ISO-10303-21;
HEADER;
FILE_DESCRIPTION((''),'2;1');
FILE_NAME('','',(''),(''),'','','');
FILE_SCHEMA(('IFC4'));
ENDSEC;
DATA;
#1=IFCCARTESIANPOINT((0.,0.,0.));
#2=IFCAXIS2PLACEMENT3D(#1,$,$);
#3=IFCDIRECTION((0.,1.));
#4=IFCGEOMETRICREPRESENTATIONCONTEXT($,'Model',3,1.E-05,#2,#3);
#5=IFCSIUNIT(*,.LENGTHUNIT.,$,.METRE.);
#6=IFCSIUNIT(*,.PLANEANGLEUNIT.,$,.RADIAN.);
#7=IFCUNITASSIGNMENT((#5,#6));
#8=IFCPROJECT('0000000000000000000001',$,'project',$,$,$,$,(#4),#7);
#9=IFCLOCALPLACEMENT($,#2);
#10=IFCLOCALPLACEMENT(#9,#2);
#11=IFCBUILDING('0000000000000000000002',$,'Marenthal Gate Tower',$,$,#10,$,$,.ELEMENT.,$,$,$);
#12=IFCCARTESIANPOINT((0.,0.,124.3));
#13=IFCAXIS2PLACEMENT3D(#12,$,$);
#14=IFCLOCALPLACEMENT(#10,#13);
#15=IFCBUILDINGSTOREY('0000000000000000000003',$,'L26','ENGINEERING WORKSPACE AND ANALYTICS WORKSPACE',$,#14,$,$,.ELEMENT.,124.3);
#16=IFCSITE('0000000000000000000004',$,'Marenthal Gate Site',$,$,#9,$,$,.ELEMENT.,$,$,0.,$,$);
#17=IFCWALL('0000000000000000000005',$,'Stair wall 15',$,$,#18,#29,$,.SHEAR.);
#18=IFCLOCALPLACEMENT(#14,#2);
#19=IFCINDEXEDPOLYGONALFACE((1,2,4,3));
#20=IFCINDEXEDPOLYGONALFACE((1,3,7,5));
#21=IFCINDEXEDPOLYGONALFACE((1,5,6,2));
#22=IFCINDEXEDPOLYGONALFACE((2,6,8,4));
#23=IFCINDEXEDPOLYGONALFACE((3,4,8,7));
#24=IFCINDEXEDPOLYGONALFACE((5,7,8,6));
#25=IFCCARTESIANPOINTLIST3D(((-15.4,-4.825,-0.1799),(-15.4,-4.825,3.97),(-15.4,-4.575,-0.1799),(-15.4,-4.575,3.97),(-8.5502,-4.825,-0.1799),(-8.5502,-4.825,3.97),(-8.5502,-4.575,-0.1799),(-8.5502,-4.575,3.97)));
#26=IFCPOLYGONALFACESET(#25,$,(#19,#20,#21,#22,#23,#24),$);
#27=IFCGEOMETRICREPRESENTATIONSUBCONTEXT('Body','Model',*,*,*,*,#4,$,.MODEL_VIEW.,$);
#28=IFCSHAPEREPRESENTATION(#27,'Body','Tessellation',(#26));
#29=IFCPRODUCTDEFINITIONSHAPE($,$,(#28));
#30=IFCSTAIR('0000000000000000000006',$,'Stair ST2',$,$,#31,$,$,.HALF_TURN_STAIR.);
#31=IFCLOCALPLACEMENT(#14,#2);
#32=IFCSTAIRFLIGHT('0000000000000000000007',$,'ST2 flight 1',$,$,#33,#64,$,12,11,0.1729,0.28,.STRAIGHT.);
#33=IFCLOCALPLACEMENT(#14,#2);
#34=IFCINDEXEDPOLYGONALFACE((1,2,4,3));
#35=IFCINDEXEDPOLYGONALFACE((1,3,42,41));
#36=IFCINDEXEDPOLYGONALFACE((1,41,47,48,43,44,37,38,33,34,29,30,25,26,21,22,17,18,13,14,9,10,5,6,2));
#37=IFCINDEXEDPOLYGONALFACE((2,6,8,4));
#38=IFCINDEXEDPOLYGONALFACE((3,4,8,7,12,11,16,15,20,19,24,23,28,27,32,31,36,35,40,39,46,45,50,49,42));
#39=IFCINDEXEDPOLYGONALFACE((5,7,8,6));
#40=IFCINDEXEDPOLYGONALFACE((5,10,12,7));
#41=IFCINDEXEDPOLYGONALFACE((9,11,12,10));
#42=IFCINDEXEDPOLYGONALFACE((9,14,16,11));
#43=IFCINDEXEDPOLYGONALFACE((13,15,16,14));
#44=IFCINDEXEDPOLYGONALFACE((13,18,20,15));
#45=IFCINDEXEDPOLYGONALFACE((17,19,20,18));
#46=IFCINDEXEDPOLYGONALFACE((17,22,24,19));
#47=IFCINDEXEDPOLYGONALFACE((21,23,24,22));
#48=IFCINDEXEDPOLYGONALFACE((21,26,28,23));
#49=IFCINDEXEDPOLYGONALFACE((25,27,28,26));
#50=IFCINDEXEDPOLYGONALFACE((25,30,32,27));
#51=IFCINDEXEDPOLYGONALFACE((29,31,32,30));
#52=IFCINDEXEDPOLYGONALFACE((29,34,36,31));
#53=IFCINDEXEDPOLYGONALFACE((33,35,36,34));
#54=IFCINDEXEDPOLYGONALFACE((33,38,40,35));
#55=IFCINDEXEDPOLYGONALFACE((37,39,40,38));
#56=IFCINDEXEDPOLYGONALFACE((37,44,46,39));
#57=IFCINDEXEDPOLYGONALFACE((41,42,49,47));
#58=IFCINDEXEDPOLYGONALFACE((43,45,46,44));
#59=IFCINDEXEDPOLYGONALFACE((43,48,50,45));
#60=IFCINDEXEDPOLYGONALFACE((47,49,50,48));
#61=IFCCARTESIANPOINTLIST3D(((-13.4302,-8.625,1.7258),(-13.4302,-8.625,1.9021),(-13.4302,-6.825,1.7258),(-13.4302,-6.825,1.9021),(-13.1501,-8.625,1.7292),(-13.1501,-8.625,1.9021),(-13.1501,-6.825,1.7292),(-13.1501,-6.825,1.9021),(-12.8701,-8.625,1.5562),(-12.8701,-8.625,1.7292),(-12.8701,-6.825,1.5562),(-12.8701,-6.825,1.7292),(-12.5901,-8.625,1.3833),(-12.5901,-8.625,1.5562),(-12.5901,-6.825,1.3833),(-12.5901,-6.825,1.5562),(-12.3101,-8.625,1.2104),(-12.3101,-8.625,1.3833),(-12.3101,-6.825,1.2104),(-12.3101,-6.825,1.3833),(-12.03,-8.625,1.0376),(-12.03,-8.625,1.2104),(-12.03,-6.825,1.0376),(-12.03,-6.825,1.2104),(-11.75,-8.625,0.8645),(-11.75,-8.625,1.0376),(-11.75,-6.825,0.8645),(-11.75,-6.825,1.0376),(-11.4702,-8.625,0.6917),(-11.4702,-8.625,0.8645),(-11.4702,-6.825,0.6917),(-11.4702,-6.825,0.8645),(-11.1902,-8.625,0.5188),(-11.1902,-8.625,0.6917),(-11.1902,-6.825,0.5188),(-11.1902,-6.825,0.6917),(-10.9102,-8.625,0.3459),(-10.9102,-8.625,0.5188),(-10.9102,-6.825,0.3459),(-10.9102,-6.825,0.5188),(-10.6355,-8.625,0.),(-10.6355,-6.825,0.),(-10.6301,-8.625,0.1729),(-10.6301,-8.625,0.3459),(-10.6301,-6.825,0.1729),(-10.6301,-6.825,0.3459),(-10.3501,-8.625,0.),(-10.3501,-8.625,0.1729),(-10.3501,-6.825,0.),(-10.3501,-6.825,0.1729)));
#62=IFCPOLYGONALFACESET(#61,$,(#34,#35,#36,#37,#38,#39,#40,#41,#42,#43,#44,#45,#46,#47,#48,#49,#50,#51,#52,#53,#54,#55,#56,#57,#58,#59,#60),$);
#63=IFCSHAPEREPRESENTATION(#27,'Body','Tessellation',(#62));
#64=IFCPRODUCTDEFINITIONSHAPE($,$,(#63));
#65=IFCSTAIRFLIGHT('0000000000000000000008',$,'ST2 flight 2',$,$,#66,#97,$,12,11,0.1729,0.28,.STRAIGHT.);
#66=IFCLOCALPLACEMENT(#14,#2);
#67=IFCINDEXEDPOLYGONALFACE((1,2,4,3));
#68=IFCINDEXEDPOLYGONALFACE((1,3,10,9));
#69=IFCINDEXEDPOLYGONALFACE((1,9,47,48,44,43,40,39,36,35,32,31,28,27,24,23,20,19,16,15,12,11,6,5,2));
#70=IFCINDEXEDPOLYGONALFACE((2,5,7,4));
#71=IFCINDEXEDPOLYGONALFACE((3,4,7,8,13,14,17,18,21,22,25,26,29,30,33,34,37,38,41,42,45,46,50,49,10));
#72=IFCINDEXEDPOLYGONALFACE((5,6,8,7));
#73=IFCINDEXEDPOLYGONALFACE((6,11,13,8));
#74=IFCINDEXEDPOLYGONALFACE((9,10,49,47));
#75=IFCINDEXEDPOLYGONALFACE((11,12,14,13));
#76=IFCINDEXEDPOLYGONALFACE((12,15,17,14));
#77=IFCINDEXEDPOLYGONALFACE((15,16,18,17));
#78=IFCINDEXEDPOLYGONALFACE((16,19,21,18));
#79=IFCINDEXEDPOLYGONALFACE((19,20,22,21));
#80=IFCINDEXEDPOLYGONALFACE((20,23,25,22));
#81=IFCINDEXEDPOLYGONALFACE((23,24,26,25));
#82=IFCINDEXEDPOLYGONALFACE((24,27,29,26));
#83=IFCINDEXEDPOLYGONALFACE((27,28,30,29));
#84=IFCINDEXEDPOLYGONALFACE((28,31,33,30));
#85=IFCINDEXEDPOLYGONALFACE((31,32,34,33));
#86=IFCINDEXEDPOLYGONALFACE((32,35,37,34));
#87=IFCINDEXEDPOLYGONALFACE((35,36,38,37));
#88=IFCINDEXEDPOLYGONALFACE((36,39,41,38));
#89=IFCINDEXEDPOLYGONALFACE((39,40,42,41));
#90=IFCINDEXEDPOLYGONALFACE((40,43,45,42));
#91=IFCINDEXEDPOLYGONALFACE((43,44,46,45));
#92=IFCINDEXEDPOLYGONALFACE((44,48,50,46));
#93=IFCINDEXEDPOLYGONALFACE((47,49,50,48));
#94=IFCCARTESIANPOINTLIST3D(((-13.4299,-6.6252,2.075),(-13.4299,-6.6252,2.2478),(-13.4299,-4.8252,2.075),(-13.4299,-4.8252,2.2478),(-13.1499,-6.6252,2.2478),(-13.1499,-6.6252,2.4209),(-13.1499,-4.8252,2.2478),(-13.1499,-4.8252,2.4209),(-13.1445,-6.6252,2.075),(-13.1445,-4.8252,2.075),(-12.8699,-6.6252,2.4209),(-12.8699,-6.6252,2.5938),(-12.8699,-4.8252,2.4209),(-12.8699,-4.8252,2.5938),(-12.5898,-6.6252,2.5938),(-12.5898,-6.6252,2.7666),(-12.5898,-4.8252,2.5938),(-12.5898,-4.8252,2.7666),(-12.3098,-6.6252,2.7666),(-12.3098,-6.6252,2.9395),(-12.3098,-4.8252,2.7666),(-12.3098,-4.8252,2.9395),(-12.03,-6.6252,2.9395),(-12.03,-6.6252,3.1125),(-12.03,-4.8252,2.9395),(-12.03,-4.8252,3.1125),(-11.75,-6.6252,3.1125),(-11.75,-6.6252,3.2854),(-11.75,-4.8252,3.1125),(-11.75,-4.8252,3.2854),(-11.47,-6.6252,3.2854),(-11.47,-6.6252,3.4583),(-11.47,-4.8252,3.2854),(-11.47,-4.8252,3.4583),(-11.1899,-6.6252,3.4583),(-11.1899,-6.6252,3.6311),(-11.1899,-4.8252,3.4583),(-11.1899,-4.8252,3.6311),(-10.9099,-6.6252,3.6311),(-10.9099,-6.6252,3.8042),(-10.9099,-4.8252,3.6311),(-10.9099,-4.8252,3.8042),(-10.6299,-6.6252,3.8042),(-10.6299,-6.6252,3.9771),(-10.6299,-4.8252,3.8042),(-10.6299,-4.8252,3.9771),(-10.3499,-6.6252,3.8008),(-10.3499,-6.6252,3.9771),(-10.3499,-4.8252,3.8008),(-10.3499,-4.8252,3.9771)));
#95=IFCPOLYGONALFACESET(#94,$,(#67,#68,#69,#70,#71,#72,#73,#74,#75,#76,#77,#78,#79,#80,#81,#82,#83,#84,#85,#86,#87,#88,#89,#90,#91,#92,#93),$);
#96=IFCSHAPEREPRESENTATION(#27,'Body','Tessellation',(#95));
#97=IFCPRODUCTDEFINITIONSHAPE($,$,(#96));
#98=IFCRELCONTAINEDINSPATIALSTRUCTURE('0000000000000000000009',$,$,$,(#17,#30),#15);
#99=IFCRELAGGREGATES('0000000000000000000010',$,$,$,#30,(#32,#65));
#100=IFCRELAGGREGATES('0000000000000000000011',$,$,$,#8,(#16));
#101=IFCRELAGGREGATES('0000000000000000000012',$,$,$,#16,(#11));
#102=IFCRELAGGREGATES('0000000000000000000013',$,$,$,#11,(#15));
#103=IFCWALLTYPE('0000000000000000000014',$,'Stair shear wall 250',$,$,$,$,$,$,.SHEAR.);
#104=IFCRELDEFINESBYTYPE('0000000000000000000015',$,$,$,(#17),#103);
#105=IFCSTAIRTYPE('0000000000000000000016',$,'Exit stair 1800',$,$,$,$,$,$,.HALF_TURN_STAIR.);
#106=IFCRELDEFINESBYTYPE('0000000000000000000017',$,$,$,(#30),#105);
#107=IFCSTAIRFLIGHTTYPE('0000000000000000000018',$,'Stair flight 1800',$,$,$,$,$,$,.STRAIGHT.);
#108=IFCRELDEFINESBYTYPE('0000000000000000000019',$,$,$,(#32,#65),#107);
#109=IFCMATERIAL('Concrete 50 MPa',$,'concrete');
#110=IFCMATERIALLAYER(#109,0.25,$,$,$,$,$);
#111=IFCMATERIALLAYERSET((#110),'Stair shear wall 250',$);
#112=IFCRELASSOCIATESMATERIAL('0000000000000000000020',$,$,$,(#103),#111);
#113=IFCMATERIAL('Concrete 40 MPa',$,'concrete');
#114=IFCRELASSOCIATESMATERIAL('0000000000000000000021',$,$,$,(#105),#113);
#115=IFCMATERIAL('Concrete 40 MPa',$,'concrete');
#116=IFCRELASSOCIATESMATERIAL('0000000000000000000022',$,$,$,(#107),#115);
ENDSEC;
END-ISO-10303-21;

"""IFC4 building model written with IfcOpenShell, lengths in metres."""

from ifc_helpers import new_model, si_unit, direction, frame, frame_2d, origin, place, context, subcontext, project, spatial, polyline, rectangle, outline, extrude, material, layer, layer_set, type_object, element, aggregate, save


model = new_model("IFC4")

# Units and contexts
model_context = context("Model", 3, precision=1e-05, world=origin(), true_north=direction((0.0, 1.0)))
body_context = subcontext(model_context, "Body", "Model", "MODEL_VIEW")
ifc_project = project(units=[si_unit("LENGTHUNIT", "METRE"), si_unit("PLANEANGLEUNIT", "RADIAN")], contexts=[model_context])

# Site, building, storey
site_placement = place(None, origin())
site = spatial("IfcSite", under=ifc_project, at=site_placement, Name="Marenthal Gate Site", CompositionType="ELEMENT", RefElevation=0.0)
building_placement = place(site_placement, origin())
building = spatial("IfcBuilding", under=site, at=building_placement, Name="Marenthal Gate Tower", CompositionType="ELEMENT")
storey_placement = place(building_placement, frame((0.0, 0.0, 124.3)))
storey = spatial("IfcBuildingStorey", under=building, at=storey_placement, Name="L26", Description="ENGINEERING WORKSPACE AND ANALYTICS WORKSPACE", CompositionType="ELEMENT", Elevation=124.3)

# Wall
ifc_material_1 = material(Name="Concrete 50 MPa", Category="concrete")
ifc_layer_1 = layer(ifc_material_1, 0.25)
ifc_layer_set_1 = layer_set([ifc_layer_1], Name="Stair shear wall 250")
wall_type_1 = type_object("IfcWallType", Name="Stair shear wall 250", PredefinedType="SHEAR", material=ifc_layer_set_1)
wall_1_placement = place(storey_placement, frame((-15.3999, -4.7, -0.1799), z_axis=(0.0, 0.0, 1.0), x_axis=(1.0, 0.0, 0.0)))
element("IfcWall", 1, at=wall_1_placement, inside=storey, type_object=wall_type_1, Name="Stair wall 15", PredefinedType="SHEAR", context=body_context, shape_type="SweptSolid", body=[
    extrude(rectangle(XDim=6.8499, YDim=0.25, at=frame_2d((3.4248, 0.0))), origin(), (0.0, 0.0, 1.0), 4.1499),
])

# Stair, stair flights
ifc_material_2 = material(Name="Concrete 40 MPa", Category="concrete")
stair_type = type_object("IfcStairType", Name="Exit stair 1800", PredefinedType="HALF_TURN_STAIR", material=ifc_material_2)
stair_placement = place(storey_placement, origin())
stair = element("IfcStair", 2, at=stair_placement, inside=storey, type_object=stair_type, Name="Stair ST2", PredefinedType="HALF_TURN_STAIR")
ifc_material_3 = material(Name="Concrete 40 MPa", Category="concrete")
stair_flight_type = type_object("IfcStairFlightType", Name="Stair flight 1800", PredefinedType="STRAIGHT", material=ifc_material_3)
stair_flight_1_placement = place(storey_placement, frame((-10.3501, -7.7251, 0.0), z_axis=(0.0, 0.0, 1.0), x_axis=(-1.0, 0.0, 0.0)))
stair_flight_1 = element("IfcStairFlight", 3, at=stair_flight_1_placement, type_object=stair_flight_type, Name="ST2 flight 1", NumberOfRisers=12, NumberOfTreads=11, PredefinedType="STRAIGHT", RiserHeight=0.1729, TreadLength=0.28, context=body_context, shape_type="SweptSolid", body=[
    extrude(outline(polyline([(0.0, 0.0), (0.0, 0.1729), (0.28, 0.1729), (0.28, 0.3459), (0.5601, 0.3459), (0.5601, 0.5188), (0.8401, 0.5188), (0.8401, 0.6917), (1.1201, 0.6917), (1.1201, 0.8645), (1.3999, 0.8645), (1.3999, 1.0376), (1.6799, 1.0376), (1.6799, 1.2104), (1.96, 1.2104), (1.96, 1.3833), (2.24, 1.3833), (2.24, 1.5562), (2.52, 1.5562), (2.52, 1.7292), (2.8, 1.7292), (2.8, 1.9021), (3.0801, 1.9021), (3.0801, 2.075), (3.0801, 1.7258), (0.2854, 0.0), (0.0, 0.0)])), frame((0.0, 0.8999, 0.0), z_axis=(0.0, -1.0, 0.0), x_axis=(1.0, 0.0, 0.0)), (0.0, 0.0, 1.0), 1.8),
])
stair_flight_2_placement = place(storey_placement, frame((-13.4299, -5.7251, 2.075), z_axis=(0.0, 0.0, 1.0), x_axis=(1.0, 0.0, 0.0)))
stair_flight_2 = element("IfcStairFlight", 4, at=stair_flight_2_placement, type_object=stair_flight_type, Name="ST2 flight 2", NumberOfRisers=12, NumberOfTreads=11, PredefinedType="STRAIGHT", RiserHeight=0.1729, TreadLength=0.28, context=body_context, shape_type="SweptSolid", body=[
    extrude(outline(polyline([(0.0, 0.0), (0.0, 0.1729), (0.28, 0.1729), (0.28, 0.3459), (0.5601, 0.3459), (0.5601, 0.5188), (0.8401, 0.5188), (0.8401, 0.6917), (1.1201, 0.6917), (1.1201, 0.8645), (1.3999, 0.8645), (1.3999, 1.0376), (1.6799, 1.0376), (1.6799, 1.2104), (1.96, 1.2104), (1.96, 1.3833), (2.24, 1.3833), (2.24, 1.5562), (2.52, 1.5562), (2.52, 1.7292), (2.8, 1.7292), (2.8, 1.9021), (3.0801, 1.9021), (3.0801, 2.075), (3.0801, 1.7258), (0.2854, 0.0), (0.0, 0.0)])), frame((0.0, 0.8999, 0.0), z_axis=(0.0, -1.0, 0.0), x_axis=(1.0, 0.0, 0.0)), (0.0, 0.0, 1.0), 1.8),
])
aggregate(stair, [stair_flight_1, stair_flight_2])

save(model, "model.ifc")
